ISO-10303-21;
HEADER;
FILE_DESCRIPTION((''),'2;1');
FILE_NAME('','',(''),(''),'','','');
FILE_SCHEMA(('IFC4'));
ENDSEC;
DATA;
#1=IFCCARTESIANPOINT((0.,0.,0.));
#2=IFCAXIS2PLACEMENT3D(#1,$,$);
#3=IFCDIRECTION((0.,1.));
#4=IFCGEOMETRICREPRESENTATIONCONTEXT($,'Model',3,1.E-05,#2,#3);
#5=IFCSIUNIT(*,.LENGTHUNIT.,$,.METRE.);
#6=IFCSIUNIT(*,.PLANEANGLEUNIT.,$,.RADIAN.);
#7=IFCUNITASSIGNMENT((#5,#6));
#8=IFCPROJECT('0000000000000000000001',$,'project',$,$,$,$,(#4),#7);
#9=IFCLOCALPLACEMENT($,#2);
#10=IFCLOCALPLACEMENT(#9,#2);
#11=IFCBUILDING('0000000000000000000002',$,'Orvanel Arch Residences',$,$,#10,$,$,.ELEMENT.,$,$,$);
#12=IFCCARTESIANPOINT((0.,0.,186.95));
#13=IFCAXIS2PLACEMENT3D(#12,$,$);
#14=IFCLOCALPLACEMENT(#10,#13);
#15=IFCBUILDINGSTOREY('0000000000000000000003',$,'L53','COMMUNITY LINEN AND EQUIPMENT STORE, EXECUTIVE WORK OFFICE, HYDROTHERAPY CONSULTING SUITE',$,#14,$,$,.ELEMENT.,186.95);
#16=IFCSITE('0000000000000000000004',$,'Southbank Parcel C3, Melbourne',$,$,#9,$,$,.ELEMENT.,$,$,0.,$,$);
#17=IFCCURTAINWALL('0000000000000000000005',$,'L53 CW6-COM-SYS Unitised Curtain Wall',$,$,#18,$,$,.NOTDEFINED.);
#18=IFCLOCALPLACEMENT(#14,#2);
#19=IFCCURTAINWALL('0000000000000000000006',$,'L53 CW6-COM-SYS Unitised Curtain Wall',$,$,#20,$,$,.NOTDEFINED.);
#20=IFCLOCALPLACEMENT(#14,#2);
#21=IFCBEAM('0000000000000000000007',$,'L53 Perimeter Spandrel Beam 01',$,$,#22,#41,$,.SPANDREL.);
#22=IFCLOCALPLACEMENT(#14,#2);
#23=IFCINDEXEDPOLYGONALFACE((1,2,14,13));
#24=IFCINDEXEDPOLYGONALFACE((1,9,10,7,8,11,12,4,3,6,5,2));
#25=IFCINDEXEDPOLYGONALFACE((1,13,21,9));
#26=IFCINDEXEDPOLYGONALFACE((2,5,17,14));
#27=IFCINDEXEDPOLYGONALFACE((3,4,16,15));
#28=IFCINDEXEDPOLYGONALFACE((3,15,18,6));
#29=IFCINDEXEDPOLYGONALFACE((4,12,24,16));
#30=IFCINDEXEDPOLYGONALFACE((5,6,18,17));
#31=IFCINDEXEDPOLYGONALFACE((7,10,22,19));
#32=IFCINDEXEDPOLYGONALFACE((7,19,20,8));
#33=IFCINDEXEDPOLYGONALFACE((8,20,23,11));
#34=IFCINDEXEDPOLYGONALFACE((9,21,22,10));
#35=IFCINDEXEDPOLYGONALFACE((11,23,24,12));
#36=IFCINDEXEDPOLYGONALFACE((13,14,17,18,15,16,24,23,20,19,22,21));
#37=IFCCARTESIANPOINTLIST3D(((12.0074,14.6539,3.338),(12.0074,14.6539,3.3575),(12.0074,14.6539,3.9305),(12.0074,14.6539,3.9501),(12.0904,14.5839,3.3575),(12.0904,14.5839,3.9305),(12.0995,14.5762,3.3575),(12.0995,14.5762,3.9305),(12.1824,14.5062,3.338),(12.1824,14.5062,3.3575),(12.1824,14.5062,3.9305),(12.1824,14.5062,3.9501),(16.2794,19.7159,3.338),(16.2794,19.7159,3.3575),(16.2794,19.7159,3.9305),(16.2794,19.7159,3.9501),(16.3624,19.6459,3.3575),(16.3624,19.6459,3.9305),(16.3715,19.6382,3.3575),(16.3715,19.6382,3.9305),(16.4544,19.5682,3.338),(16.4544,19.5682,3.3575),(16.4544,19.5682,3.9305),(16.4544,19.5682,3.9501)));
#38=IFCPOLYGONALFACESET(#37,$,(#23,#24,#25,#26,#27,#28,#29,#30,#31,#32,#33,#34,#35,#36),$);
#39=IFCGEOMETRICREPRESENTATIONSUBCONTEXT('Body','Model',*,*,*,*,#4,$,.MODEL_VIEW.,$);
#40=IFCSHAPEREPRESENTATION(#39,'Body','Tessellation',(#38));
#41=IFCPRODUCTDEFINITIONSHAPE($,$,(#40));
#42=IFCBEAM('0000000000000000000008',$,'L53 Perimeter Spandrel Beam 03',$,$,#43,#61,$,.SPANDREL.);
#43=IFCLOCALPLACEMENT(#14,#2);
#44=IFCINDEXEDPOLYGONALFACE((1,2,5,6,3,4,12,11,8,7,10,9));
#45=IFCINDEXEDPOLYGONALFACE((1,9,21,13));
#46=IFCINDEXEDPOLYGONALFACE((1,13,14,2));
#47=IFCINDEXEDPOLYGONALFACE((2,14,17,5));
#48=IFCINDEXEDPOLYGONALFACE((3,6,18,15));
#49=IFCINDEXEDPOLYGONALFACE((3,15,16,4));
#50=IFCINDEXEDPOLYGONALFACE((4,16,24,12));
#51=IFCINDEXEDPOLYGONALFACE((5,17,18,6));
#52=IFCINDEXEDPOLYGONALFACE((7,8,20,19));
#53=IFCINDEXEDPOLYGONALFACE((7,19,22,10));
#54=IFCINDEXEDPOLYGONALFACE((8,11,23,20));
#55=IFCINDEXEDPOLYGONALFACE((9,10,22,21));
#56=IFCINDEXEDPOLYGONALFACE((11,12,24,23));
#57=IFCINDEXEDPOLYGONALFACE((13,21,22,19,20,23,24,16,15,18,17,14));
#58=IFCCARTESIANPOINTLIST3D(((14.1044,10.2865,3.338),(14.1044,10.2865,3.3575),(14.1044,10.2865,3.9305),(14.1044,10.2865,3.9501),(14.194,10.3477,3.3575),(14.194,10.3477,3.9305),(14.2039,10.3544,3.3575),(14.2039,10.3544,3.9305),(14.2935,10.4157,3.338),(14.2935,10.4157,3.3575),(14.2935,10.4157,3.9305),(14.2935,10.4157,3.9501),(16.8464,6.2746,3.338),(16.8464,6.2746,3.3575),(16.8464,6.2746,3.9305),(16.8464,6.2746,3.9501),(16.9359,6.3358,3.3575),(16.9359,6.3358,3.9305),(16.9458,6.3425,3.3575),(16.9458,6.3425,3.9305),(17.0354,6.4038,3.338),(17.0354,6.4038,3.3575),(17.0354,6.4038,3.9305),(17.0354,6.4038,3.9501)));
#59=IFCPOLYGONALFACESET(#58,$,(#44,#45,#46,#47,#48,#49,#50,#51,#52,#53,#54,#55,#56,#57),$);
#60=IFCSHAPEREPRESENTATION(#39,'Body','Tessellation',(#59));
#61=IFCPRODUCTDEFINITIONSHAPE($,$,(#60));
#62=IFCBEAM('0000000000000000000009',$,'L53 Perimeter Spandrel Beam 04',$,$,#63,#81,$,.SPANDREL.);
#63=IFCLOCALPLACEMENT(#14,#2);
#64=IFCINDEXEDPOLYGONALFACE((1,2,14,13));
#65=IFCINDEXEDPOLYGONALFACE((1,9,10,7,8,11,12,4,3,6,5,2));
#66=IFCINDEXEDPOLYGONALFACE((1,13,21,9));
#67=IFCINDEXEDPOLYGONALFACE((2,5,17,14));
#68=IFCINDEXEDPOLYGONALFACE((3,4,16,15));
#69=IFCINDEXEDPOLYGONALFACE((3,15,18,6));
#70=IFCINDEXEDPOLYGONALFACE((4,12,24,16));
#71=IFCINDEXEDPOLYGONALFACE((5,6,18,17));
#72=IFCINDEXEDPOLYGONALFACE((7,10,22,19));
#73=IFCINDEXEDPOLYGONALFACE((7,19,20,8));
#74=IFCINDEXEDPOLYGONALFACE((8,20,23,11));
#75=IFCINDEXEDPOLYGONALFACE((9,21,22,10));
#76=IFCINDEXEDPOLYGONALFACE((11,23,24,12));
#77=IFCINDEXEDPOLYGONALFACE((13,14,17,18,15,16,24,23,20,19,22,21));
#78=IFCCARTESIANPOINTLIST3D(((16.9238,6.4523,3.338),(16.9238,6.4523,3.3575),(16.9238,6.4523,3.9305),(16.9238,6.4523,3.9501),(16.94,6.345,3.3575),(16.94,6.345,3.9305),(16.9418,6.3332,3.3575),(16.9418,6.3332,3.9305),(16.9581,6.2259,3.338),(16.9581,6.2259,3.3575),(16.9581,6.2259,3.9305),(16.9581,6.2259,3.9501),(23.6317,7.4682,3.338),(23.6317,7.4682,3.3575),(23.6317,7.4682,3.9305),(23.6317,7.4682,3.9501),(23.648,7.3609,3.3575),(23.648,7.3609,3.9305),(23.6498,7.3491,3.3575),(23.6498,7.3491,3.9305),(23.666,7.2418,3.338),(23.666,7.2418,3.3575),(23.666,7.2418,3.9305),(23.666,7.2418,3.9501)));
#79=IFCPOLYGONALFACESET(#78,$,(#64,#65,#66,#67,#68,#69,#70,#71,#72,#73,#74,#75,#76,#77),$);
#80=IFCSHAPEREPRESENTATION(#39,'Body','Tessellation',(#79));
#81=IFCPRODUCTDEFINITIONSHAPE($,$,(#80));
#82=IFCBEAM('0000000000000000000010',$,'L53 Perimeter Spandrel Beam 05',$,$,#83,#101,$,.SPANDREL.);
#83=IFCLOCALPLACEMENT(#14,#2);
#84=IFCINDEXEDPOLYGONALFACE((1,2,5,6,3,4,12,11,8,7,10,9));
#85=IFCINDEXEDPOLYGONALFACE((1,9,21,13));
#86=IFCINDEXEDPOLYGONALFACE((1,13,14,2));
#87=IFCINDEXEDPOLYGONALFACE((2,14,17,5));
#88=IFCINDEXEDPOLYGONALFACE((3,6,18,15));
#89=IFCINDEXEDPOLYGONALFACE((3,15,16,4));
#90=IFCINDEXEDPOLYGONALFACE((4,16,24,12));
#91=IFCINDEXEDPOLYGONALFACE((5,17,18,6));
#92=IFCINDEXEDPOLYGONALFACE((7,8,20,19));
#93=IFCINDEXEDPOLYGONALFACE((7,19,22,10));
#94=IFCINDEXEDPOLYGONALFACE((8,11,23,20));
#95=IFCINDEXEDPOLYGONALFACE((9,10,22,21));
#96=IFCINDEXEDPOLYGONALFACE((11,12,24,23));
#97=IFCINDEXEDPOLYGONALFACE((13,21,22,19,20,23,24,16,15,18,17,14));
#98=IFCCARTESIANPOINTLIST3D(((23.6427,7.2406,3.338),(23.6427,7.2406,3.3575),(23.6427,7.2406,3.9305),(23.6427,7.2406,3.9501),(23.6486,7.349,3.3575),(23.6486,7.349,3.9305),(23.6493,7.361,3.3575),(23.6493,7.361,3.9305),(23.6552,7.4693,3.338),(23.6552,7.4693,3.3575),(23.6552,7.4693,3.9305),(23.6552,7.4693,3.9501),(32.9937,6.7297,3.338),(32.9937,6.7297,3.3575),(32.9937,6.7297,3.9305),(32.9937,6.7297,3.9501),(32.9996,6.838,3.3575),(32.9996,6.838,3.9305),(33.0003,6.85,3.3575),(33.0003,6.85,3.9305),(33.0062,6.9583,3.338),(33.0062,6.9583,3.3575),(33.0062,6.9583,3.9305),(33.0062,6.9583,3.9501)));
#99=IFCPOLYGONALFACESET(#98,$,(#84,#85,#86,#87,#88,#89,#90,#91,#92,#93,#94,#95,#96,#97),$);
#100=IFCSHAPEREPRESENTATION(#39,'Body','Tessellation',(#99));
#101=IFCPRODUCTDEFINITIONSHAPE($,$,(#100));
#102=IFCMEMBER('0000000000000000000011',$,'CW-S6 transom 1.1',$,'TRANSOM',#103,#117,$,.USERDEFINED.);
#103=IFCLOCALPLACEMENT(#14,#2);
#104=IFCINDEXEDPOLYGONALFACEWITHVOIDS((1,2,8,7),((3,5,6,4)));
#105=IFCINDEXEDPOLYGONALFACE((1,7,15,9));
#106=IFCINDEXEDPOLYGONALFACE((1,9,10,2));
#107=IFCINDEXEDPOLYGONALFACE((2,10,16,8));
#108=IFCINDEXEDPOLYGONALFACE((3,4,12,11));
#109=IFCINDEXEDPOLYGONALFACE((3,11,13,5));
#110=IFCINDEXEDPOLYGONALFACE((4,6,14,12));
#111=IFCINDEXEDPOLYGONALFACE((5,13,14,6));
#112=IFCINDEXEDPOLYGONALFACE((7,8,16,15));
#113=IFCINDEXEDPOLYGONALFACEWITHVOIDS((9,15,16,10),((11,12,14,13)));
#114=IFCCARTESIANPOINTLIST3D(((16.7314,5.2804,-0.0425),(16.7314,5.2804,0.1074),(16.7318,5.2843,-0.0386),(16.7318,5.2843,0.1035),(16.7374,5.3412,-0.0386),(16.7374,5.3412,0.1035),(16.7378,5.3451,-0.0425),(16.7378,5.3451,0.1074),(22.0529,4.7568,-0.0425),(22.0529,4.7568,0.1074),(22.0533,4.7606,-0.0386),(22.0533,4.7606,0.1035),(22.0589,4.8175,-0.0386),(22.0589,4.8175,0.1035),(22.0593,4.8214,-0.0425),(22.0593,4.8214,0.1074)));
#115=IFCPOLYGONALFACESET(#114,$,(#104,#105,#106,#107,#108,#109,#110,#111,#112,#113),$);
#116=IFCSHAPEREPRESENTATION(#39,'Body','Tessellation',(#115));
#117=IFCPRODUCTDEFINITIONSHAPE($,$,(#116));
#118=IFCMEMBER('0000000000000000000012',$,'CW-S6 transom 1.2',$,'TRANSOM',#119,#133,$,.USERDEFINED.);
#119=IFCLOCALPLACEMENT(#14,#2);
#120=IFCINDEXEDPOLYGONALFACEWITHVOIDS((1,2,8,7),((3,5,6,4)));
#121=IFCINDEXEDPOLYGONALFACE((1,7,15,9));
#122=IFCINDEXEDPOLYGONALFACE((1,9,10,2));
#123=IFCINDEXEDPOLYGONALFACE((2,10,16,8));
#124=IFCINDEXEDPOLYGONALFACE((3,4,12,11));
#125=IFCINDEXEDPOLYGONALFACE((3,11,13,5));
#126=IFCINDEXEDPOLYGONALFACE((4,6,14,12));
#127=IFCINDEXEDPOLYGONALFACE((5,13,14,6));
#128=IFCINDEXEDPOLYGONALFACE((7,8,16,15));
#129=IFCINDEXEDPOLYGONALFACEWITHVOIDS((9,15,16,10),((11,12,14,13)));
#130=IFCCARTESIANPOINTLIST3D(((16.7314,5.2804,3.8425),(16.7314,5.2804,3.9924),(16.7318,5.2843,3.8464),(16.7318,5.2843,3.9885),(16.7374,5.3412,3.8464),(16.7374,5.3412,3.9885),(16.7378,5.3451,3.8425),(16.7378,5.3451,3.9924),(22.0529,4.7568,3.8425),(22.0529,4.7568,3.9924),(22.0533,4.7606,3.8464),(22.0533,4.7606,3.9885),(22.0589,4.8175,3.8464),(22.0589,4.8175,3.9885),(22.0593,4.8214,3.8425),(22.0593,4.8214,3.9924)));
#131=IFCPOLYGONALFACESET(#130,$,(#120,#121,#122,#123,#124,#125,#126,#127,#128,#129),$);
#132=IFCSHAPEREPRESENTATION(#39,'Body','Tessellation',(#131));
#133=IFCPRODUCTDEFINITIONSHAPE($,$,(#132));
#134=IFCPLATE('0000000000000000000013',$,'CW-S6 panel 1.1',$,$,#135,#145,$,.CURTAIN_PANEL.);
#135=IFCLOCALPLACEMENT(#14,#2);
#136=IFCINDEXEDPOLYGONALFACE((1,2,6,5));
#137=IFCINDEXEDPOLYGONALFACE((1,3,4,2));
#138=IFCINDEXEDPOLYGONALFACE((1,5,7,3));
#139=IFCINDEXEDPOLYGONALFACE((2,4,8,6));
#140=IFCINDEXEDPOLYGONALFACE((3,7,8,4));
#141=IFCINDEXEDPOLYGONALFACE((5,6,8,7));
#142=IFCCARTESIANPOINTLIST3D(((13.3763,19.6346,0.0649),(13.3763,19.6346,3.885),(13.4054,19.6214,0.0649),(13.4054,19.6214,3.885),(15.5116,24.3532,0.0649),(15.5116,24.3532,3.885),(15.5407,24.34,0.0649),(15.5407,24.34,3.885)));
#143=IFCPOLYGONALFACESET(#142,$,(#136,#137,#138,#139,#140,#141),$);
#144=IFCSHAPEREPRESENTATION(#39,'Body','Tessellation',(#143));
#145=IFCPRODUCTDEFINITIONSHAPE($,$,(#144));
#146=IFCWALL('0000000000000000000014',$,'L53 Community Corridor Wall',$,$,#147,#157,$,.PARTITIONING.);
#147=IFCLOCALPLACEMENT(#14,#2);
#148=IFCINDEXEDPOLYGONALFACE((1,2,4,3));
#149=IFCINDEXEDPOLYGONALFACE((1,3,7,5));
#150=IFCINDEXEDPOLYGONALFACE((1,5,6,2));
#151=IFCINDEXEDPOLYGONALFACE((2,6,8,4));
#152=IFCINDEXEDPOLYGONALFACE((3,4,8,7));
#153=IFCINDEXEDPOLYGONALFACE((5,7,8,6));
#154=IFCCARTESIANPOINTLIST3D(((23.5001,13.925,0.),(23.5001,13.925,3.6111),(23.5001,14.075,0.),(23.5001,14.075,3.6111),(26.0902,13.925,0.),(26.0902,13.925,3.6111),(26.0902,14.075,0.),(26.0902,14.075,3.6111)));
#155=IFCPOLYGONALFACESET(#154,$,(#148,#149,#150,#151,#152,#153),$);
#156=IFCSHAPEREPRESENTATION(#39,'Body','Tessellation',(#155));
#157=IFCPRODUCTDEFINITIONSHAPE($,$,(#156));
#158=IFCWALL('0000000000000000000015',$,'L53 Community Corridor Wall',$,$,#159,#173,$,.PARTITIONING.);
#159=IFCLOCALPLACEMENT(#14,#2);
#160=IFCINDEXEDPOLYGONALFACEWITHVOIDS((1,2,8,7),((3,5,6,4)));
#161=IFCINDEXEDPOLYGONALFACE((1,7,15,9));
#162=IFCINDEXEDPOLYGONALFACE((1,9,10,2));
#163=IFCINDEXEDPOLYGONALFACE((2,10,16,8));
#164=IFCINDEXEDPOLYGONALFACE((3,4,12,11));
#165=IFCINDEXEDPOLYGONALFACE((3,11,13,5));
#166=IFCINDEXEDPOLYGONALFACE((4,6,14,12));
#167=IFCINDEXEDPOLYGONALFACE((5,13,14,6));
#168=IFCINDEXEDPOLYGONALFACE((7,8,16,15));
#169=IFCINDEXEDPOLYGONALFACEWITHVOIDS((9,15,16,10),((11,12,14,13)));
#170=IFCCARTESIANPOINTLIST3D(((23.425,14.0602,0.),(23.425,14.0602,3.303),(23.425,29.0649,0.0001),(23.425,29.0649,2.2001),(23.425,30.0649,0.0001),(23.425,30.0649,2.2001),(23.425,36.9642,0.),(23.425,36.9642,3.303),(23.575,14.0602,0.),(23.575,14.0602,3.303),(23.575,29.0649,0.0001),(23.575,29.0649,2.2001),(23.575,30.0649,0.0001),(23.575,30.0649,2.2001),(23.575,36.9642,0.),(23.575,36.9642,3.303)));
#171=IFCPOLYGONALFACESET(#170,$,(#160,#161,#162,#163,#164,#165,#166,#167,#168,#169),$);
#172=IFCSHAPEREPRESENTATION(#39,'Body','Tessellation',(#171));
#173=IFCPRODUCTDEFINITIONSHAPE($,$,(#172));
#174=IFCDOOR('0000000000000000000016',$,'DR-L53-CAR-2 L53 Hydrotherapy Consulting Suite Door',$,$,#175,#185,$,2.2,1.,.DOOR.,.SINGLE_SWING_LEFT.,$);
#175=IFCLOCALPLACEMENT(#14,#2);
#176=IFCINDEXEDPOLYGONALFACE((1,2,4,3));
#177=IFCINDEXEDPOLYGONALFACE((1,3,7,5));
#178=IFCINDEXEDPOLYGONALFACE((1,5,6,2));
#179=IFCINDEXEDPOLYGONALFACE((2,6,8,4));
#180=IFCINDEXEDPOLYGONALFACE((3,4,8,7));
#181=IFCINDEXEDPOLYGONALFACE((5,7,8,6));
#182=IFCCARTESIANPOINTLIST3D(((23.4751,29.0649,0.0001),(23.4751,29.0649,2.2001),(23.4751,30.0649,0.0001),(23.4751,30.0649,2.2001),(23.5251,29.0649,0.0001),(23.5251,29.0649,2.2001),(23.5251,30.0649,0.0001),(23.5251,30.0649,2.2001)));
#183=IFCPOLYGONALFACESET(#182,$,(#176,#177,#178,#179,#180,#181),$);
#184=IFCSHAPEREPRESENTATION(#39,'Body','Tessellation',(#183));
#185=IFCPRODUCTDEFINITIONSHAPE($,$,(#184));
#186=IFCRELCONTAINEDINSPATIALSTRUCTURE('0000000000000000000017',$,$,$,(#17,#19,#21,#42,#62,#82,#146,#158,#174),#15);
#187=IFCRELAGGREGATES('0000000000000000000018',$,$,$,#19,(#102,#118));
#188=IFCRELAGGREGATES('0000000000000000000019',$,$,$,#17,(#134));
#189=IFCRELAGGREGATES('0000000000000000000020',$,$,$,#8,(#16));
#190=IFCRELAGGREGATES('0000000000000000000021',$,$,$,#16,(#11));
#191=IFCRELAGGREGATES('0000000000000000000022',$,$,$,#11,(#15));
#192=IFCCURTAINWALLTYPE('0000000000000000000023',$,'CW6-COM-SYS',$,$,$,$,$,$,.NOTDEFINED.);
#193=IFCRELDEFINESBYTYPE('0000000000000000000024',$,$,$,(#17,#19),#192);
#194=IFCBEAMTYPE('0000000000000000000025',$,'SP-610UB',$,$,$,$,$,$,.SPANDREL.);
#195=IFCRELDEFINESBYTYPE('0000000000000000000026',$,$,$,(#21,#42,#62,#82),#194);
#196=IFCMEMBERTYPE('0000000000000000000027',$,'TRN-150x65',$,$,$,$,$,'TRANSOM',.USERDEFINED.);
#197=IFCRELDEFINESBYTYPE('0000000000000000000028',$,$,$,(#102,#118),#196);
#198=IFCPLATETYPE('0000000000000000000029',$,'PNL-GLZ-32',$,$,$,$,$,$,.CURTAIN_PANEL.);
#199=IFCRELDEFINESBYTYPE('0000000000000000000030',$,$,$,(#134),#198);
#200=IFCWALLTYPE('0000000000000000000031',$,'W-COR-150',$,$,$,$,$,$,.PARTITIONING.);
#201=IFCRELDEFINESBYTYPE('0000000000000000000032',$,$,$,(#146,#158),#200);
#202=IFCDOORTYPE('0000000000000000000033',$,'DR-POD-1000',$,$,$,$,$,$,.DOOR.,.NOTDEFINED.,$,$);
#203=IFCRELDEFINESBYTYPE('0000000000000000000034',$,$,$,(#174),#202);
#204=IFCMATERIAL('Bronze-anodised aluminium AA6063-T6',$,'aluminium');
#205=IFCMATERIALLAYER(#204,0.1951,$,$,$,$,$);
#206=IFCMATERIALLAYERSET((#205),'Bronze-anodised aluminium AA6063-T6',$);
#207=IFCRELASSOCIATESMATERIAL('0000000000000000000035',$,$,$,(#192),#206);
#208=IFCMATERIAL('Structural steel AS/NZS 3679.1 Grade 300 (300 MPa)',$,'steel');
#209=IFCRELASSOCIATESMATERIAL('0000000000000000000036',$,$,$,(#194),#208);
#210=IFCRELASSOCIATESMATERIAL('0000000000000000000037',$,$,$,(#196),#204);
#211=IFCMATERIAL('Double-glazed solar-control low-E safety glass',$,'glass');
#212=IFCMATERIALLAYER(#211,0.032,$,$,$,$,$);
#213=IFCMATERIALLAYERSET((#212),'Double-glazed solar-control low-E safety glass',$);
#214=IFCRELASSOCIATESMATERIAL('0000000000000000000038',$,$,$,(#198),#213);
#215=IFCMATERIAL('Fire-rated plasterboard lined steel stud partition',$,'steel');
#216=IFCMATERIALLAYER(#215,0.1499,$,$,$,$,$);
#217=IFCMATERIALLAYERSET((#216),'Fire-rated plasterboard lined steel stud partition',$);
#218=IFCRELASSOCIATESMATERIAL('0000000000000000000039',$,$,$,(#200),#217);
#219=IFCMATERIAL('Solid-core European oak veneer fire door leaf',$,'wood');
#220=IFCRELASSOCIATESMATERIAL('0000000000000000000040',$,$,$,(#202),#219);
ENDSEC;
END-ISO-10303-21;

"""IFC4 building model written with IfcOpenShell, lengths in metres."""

from ifc_helpers import new_model, si_unit, direction, frame, frame_2d, origin, origin_2d, place, context, subcontext, project, spatial, rectangle, hollow_rectangle, i_section, extrude, material, layer, layer_set, material_profile, profile_set, type_object, element, fill, aggregate, save


model = new_model("IFC4")

# Units and contexts
model_context = context("Model", 3, precision=1e-05, world=origin(), true_north=direction((0.0, 1.0)))
body_context = subcontext(model_context, "Body", "Model", "MODEL_VIEW")
ifc_project = project(units=[si_unit("LENGTHUNIT", "METRE"), si_unit("PLANEANGLEUNIT", "RADIAN")], contexts=[model_context])

# Site, building, storey
site_placement = place(None, origin())
site = spatial("IfcSite", under=ifc_project, at=site_placement, Name="Southbank Parcel C3, Melbourne", CompositionType="ELEMENT", RefElevation=0.0)
building_placement = place(site_placement, origin())
building = spatial("IfcBuilding", under=site, at=building_placement, Name="Orvanel Arch Residences", CompositionType="ELEMENT")
storey_placement = place(building_placement, frame((0.0, 0.0, 186.95)))
storey = spatial("IfcBuildingStorey", under=building, at=storey_placement, Name="L53", Description="COMMUNITY LINEN AND EQUIPMENT STORE, EXECUTIVE WORK OFFICE, HYDROTHERAPY CONSULTING SUITE", CompositionType="ELEMENT", Elevation=186.95)

# Curtain walls
ifc_material_1 = material(Name="Bronze-anodised aluminium AA6063-T6", Category="aluminium")
ifc_layer_1 = layer(ifc_material_1, 0.1951)
ifc_layer_set_1 = layer_set([ifc_layer_1], Name="Bronze-anodised aluminium AA6063-T6")
curtain_wall_type_1 = type_object("IfcCurtainWallType", Name="CW6-COM-SYS", PredefinedType="NOTDEFINED", material=ifc_layer_set_1)
curtain_wall_1_placement = place(storey_placement, origin())
curtain_wall_1 = element("IfcCurtainWall", 1, at=curtain_wall_1_placement, inside=storey, type_object=curtain_wall_type_1, Name="L53 CW6-COM-SYS Unitised Curtain Wall", PredefinedType="NOTDEFINED")
curtain_wall_2_placement = place(storey_placement, origin())
curtain_wall_2 = element("IfcCurtainWall", 2, at=curtain_wall_2_placement, inside=storey, type_object=curtain_wall_type_1, Name="L53 CW6-COM-SYS Unitised Curtain Wall", PredefinedType="NOTDEFINED")

# Beams
ifc_material_2 = material(Name="Structural steel AS/NZS 3679.1 Grade 300 (300 MPa)", Category="steel")
ifc_material_profile_1 = material_profile(ifc_material_2, i_section(OverallWidth=0.229, OverallDepth=0.6121, WebThickness=0.012, FlangeThickness=0.0195, at=origin_2d()), Name="610UB125")
ifc_profile_set_1 = profile_set([ifc_material_profile_1], Name="Structural steel AS/NZS 3679.1 Grade 300 (300 MPa)")
beam_type_1 = type_object("IfcBeamType", Name="SP-610UB", PredefinedType="SPANDREL", material=ifc_profile_set_1)
beam_1_placement = place(storey_placement, frame((16.3669, 19.6421, 3.644), z_axis=(-0.64495, -0.764224, 0.0), x_axis=(0.764224, -0.64495, 0.0)))
element("IfcBeam", 3, at=beam_1_placement, inside=storey, type_object=beam_type_1, Name="L53 Perimeter Spandrel Beam 01", PredefinedType="SPANDREL", context=body_context, shape_type="SweptSolid", body=[
    extrude(i_section(OverallWidth=0.229, OverallDepth=0.6121, WebThickness=0.012, FlangeThickness=0.0195, at=origin_2d()), origin(), (0.0, 0.0, 1.0), 6.6238),
])
beam_2_placement = place(storey_placement, frame((14.199, 10.3511, 3.644), z_axis=(0.564252, -0.825603, 0.0), x_axis=(0.825603, 0.564252, 0.0)))
element("IfcBeam", 4, at=beam_2_placement, inside=storey, type_object=beam_type_1, Name="L53 Perimeter Spandrel Beam 03", PredefinedType="SPANDREL", context=body_context, shape_type="SweptSolid", body=[
    extrude(i_section(OverallWidth=0.229, OverallDepth=0.6121, WebThickness=0.012, FlangeThickness=0.0195, at=origin_2d()), origin(), (0.0, 0.0, 1.0), 4.8594),
])
beam_3_placement = place(storey_placement, frame((16.9409, 6.3391, 3.644), z_axis=(0.988726, 0.149734, 0.0), x_axis=(-0.149734, 0.988726, 0.0)))
element("IfcBeam", 5, at=beam_3_placement, inside=storey, type_object=beam_type_1, Name="L53 Perimeter Spandrel Beam 04", PredefinedType="SPANDREL", context=body_context, shape_type="SweptSolid", body=[
    extrude(i_section(OverallWidth=0.229, OverallDepth=0.6121, WebThickness=0.012, FlangeThickness=0.0195, at=origin_2d()), origin(), (0.0, 0.0, 1.0), 6.7844),
])
beam_4_placement = place(storey_placement, frame((23.6489, 7.355, 3.644), z_axis=(0.99851, -0.054563, 0.0), x_axis=(0.054563, 0.99851, 0.0)))
element("IfcBeam", 6, at=beam_4_placement, inside=storey, type_object=beam_type_1, Name="L53 Perimeter Spandrel Beam 05", PredefinedType="SPANDREL", context=body_context, shape_type="SweptSolid", body=[
    extrude(i_section(OverallWidth=0.229, OverallDepth=0.6121, WebThickness=0.012, FlangeThickness=0.0195, at=origin_2d()), origin(), (0.0, 0.0, 1.0), 9.365),
])

# Members
ifc_material_profile_2 = material_profile(ifc_material_1, hollow_rectangle(XDim=0.0649, YDim=0.1499, WallThickness=0.0039, at=origin_2d()), Name="ALU150x65x4")
ifc_profile_set_2 = profile_set([ifc_material_profile_2], Name="Bronze-anodised aluminium AA6063-T6")
member_type_1 = type_object("IfcMemberType", Name="TRN-150x65", ElementType="TRANSOM", PredefinedType="USERDEFINED", material=ifc_profile_set_2)
member_1_placement = place(storey_placement, frame((16.7346, 5.3127, 0.0325), z_axis=(0.995193, -0.097935, 0.0), x_axis=(0.097935, 0.995193, 0.0)))
member_1 = element("IfcMember", 7, at=member_1_placement, type_object=member_type_1, Name="CW-S6 transom 1.1", ObjectType="TRANSOM", PredefinedType="USERDEFINED", context=body_context, shape_type="SweptSolid", body=[
    extrude(hollow_rectangle(XDim=0.0649, YDim=0.1499, WallThickness=0.0039, at=origin_2d()), origin(), (0.0, 0.0, 1.0), 5.3472),
])
member_2_placement = place(storey_placement, frame((16.7346, 5.3127, 3.9175), z_axis=(0.995193, -0.097935, 0.0), x_axis=(0.097935, 0.995193, 0.0)))
member_2 = element("IfcMember", 8, at=member_2_placement, type_object=member_type_1, Name="CW-S6 transom 1.2", ObjectType="TRANSOM", PredefinedType="USERDEFINED", context=body_context, shape_type="SweptSolid", body=[
    extrude(hollow_rectangle(XDim=0.0649, YDim=0.1499, WallThickness=0.0039, at=origin_2d()), origin(), (0.0, 0.0, 1.0), 5.3472),
])
aggregate(curtain_wall_2, [member_1, member_2])

# Plate
ifc_material_3 = material(Name="Double-glazed solar-control low-E safety glass", Category="glass")
ifc_layer_2 = layer(ifc_material_3, 0.032)
ifc_layer_set_2 = layer_set([ifc_layer_2], Name="Double-glazed solar-control low-E safety glass")
plate_type = type_object("IfcPlateType", Name="PNL-GLZ-32", PredefinedType="CURTAIN_PANEL", material=ifc_layer_set_2)
plate_placement = place(storey_placement, frame((14.4585, 21.9873, 0.0649), z_axis=(0.0, 0.0, 1.0), x_axis=(-0.412284, -0.911056, 0.0)))
plate = element("IfcPlate", 9, at=plate_placement, type_object=plate_type, Name="CW-S6 panel 1.1", PredefinedType="CURTAIN_PANEL", context=body_context, shape_type="SweptSolid", body=[
    extrude(rectangle(XDim=5.1792, YDim=0.032, at=origin_2d()), origin(), (0.0, 0.0, 1.0), 3.8201),
])
aggregate(curtain_wall_1, [plate])

# Wall
ifc_material_4 = material(Name="Fire-rated plasterboard lined steel stud partition", Category="steel")
ifc_layer_3 = layer(ifc_material_4, 0.1499)
ifc_layer_set_3 = layer_set([ifc_layer_3], Name="Fire-rated plasterboard lined steel stud partition")
wall_type = type_object("IfcWallType", Name="W-COR-150", PredefinedType="PARTITIONING", material=ifc_layer_set_3)
wall_1_placement = place(storey_placement, frame((26.0901, 14.0, 0.0), z_axis=(0.0, 0.0, 1.0), x_axis=(-1.0, 0.0, 0.0)))
element("IfcWall", 10, at=wall_1_placement, inside=storey, type_object=wall_type, Name="L53 Community Corridor Wall", PredefinedType="PARTITIONING", context=body_context, shape_type="SweptSolid", body=[
    extrude(rectangle(XDim=2.5901, YDim=0.1499, at=frame_2d((1.2949, 0.0))), origin(), (0.0, 0.0, 1.0), 3.6111),
])

# Wall, opening, door
wall_2_placement = place(storey_placement, frame((23.5, 14.0601, 0.0), z_axis=(0.0, 0.0, 1.0), x_axis=(0.0, 1.0, 0.0)))
wall_2 = element("IfcWall", 11, at=wall_2_placement, inside=storey, type_object=wall_type, Name="L53 Community Corridor Wall", PredefinedType="PARTITIONING", context=body_context, shape_type="SweptSolid", body=[
    extrude(rectangle(XDim=22.9041, YDim=0.1499, at=frame_2d((11.4521, 0.0))), origin(), (0.0, 0.0, 1.0), 3.303),
])
opening_placement = place(wall_2_placement, frame((15.0049, 0.0, 0.0)))
opening = element("IfcOpeningElement", 12, at=opening_placement, cuts=wall_2, PredefinedType="OPENING", context=body_context, shape_type="SweptSolid", body=[
    extrude(rectangle(XDim=1.0, YDim=2.2, at=frame_2d((0.5, 1.1001))), frame((0.0, 0.085, 0.0), z_axis=(0.0, -1.0, 0.0), x_axis=(1.0, 0.0, 0.0)), (0.0, 0.0, 1.0), 0.1699),
])
ifc_material_5 = material(Name="Solid-core European oak veneer fire door leaf", Category="wood")
door_type = type_object("IfcDoorType", Name="DR-POD-1000", OperationType="NOTDEFINED", PredefinedType="DOOR", material=ifc_material_5)
door_placement = place(opening_placement, origin())
door = element("IfcDoor", 13, at=door_placement, inside=storey, type_object=door_type, Name="DR-L53-CAR-2 L53 Hydrotherapy Consulting Suite Door", OperationType="SINGLE_SWING_LEFT", OverallHeight=2.2, OverallWidth=1.0, PredefinedType="DOOR", context=body_context, shape_type="SweptSolid", body=[
    extrude(rectangle(XDim=1.0, YDim=2.2, at=frame_2d((0.5, 1.1001))), frame((0.0, 0.0249, 0.0), z_axis=(0.0, -1.0, 0.0), x_axis=(1.0, 0.0, 0.0)), (0.0, 0.0, 1.0), 0.05),
])
fill(opening, door)

save(model, "model.ifc")
